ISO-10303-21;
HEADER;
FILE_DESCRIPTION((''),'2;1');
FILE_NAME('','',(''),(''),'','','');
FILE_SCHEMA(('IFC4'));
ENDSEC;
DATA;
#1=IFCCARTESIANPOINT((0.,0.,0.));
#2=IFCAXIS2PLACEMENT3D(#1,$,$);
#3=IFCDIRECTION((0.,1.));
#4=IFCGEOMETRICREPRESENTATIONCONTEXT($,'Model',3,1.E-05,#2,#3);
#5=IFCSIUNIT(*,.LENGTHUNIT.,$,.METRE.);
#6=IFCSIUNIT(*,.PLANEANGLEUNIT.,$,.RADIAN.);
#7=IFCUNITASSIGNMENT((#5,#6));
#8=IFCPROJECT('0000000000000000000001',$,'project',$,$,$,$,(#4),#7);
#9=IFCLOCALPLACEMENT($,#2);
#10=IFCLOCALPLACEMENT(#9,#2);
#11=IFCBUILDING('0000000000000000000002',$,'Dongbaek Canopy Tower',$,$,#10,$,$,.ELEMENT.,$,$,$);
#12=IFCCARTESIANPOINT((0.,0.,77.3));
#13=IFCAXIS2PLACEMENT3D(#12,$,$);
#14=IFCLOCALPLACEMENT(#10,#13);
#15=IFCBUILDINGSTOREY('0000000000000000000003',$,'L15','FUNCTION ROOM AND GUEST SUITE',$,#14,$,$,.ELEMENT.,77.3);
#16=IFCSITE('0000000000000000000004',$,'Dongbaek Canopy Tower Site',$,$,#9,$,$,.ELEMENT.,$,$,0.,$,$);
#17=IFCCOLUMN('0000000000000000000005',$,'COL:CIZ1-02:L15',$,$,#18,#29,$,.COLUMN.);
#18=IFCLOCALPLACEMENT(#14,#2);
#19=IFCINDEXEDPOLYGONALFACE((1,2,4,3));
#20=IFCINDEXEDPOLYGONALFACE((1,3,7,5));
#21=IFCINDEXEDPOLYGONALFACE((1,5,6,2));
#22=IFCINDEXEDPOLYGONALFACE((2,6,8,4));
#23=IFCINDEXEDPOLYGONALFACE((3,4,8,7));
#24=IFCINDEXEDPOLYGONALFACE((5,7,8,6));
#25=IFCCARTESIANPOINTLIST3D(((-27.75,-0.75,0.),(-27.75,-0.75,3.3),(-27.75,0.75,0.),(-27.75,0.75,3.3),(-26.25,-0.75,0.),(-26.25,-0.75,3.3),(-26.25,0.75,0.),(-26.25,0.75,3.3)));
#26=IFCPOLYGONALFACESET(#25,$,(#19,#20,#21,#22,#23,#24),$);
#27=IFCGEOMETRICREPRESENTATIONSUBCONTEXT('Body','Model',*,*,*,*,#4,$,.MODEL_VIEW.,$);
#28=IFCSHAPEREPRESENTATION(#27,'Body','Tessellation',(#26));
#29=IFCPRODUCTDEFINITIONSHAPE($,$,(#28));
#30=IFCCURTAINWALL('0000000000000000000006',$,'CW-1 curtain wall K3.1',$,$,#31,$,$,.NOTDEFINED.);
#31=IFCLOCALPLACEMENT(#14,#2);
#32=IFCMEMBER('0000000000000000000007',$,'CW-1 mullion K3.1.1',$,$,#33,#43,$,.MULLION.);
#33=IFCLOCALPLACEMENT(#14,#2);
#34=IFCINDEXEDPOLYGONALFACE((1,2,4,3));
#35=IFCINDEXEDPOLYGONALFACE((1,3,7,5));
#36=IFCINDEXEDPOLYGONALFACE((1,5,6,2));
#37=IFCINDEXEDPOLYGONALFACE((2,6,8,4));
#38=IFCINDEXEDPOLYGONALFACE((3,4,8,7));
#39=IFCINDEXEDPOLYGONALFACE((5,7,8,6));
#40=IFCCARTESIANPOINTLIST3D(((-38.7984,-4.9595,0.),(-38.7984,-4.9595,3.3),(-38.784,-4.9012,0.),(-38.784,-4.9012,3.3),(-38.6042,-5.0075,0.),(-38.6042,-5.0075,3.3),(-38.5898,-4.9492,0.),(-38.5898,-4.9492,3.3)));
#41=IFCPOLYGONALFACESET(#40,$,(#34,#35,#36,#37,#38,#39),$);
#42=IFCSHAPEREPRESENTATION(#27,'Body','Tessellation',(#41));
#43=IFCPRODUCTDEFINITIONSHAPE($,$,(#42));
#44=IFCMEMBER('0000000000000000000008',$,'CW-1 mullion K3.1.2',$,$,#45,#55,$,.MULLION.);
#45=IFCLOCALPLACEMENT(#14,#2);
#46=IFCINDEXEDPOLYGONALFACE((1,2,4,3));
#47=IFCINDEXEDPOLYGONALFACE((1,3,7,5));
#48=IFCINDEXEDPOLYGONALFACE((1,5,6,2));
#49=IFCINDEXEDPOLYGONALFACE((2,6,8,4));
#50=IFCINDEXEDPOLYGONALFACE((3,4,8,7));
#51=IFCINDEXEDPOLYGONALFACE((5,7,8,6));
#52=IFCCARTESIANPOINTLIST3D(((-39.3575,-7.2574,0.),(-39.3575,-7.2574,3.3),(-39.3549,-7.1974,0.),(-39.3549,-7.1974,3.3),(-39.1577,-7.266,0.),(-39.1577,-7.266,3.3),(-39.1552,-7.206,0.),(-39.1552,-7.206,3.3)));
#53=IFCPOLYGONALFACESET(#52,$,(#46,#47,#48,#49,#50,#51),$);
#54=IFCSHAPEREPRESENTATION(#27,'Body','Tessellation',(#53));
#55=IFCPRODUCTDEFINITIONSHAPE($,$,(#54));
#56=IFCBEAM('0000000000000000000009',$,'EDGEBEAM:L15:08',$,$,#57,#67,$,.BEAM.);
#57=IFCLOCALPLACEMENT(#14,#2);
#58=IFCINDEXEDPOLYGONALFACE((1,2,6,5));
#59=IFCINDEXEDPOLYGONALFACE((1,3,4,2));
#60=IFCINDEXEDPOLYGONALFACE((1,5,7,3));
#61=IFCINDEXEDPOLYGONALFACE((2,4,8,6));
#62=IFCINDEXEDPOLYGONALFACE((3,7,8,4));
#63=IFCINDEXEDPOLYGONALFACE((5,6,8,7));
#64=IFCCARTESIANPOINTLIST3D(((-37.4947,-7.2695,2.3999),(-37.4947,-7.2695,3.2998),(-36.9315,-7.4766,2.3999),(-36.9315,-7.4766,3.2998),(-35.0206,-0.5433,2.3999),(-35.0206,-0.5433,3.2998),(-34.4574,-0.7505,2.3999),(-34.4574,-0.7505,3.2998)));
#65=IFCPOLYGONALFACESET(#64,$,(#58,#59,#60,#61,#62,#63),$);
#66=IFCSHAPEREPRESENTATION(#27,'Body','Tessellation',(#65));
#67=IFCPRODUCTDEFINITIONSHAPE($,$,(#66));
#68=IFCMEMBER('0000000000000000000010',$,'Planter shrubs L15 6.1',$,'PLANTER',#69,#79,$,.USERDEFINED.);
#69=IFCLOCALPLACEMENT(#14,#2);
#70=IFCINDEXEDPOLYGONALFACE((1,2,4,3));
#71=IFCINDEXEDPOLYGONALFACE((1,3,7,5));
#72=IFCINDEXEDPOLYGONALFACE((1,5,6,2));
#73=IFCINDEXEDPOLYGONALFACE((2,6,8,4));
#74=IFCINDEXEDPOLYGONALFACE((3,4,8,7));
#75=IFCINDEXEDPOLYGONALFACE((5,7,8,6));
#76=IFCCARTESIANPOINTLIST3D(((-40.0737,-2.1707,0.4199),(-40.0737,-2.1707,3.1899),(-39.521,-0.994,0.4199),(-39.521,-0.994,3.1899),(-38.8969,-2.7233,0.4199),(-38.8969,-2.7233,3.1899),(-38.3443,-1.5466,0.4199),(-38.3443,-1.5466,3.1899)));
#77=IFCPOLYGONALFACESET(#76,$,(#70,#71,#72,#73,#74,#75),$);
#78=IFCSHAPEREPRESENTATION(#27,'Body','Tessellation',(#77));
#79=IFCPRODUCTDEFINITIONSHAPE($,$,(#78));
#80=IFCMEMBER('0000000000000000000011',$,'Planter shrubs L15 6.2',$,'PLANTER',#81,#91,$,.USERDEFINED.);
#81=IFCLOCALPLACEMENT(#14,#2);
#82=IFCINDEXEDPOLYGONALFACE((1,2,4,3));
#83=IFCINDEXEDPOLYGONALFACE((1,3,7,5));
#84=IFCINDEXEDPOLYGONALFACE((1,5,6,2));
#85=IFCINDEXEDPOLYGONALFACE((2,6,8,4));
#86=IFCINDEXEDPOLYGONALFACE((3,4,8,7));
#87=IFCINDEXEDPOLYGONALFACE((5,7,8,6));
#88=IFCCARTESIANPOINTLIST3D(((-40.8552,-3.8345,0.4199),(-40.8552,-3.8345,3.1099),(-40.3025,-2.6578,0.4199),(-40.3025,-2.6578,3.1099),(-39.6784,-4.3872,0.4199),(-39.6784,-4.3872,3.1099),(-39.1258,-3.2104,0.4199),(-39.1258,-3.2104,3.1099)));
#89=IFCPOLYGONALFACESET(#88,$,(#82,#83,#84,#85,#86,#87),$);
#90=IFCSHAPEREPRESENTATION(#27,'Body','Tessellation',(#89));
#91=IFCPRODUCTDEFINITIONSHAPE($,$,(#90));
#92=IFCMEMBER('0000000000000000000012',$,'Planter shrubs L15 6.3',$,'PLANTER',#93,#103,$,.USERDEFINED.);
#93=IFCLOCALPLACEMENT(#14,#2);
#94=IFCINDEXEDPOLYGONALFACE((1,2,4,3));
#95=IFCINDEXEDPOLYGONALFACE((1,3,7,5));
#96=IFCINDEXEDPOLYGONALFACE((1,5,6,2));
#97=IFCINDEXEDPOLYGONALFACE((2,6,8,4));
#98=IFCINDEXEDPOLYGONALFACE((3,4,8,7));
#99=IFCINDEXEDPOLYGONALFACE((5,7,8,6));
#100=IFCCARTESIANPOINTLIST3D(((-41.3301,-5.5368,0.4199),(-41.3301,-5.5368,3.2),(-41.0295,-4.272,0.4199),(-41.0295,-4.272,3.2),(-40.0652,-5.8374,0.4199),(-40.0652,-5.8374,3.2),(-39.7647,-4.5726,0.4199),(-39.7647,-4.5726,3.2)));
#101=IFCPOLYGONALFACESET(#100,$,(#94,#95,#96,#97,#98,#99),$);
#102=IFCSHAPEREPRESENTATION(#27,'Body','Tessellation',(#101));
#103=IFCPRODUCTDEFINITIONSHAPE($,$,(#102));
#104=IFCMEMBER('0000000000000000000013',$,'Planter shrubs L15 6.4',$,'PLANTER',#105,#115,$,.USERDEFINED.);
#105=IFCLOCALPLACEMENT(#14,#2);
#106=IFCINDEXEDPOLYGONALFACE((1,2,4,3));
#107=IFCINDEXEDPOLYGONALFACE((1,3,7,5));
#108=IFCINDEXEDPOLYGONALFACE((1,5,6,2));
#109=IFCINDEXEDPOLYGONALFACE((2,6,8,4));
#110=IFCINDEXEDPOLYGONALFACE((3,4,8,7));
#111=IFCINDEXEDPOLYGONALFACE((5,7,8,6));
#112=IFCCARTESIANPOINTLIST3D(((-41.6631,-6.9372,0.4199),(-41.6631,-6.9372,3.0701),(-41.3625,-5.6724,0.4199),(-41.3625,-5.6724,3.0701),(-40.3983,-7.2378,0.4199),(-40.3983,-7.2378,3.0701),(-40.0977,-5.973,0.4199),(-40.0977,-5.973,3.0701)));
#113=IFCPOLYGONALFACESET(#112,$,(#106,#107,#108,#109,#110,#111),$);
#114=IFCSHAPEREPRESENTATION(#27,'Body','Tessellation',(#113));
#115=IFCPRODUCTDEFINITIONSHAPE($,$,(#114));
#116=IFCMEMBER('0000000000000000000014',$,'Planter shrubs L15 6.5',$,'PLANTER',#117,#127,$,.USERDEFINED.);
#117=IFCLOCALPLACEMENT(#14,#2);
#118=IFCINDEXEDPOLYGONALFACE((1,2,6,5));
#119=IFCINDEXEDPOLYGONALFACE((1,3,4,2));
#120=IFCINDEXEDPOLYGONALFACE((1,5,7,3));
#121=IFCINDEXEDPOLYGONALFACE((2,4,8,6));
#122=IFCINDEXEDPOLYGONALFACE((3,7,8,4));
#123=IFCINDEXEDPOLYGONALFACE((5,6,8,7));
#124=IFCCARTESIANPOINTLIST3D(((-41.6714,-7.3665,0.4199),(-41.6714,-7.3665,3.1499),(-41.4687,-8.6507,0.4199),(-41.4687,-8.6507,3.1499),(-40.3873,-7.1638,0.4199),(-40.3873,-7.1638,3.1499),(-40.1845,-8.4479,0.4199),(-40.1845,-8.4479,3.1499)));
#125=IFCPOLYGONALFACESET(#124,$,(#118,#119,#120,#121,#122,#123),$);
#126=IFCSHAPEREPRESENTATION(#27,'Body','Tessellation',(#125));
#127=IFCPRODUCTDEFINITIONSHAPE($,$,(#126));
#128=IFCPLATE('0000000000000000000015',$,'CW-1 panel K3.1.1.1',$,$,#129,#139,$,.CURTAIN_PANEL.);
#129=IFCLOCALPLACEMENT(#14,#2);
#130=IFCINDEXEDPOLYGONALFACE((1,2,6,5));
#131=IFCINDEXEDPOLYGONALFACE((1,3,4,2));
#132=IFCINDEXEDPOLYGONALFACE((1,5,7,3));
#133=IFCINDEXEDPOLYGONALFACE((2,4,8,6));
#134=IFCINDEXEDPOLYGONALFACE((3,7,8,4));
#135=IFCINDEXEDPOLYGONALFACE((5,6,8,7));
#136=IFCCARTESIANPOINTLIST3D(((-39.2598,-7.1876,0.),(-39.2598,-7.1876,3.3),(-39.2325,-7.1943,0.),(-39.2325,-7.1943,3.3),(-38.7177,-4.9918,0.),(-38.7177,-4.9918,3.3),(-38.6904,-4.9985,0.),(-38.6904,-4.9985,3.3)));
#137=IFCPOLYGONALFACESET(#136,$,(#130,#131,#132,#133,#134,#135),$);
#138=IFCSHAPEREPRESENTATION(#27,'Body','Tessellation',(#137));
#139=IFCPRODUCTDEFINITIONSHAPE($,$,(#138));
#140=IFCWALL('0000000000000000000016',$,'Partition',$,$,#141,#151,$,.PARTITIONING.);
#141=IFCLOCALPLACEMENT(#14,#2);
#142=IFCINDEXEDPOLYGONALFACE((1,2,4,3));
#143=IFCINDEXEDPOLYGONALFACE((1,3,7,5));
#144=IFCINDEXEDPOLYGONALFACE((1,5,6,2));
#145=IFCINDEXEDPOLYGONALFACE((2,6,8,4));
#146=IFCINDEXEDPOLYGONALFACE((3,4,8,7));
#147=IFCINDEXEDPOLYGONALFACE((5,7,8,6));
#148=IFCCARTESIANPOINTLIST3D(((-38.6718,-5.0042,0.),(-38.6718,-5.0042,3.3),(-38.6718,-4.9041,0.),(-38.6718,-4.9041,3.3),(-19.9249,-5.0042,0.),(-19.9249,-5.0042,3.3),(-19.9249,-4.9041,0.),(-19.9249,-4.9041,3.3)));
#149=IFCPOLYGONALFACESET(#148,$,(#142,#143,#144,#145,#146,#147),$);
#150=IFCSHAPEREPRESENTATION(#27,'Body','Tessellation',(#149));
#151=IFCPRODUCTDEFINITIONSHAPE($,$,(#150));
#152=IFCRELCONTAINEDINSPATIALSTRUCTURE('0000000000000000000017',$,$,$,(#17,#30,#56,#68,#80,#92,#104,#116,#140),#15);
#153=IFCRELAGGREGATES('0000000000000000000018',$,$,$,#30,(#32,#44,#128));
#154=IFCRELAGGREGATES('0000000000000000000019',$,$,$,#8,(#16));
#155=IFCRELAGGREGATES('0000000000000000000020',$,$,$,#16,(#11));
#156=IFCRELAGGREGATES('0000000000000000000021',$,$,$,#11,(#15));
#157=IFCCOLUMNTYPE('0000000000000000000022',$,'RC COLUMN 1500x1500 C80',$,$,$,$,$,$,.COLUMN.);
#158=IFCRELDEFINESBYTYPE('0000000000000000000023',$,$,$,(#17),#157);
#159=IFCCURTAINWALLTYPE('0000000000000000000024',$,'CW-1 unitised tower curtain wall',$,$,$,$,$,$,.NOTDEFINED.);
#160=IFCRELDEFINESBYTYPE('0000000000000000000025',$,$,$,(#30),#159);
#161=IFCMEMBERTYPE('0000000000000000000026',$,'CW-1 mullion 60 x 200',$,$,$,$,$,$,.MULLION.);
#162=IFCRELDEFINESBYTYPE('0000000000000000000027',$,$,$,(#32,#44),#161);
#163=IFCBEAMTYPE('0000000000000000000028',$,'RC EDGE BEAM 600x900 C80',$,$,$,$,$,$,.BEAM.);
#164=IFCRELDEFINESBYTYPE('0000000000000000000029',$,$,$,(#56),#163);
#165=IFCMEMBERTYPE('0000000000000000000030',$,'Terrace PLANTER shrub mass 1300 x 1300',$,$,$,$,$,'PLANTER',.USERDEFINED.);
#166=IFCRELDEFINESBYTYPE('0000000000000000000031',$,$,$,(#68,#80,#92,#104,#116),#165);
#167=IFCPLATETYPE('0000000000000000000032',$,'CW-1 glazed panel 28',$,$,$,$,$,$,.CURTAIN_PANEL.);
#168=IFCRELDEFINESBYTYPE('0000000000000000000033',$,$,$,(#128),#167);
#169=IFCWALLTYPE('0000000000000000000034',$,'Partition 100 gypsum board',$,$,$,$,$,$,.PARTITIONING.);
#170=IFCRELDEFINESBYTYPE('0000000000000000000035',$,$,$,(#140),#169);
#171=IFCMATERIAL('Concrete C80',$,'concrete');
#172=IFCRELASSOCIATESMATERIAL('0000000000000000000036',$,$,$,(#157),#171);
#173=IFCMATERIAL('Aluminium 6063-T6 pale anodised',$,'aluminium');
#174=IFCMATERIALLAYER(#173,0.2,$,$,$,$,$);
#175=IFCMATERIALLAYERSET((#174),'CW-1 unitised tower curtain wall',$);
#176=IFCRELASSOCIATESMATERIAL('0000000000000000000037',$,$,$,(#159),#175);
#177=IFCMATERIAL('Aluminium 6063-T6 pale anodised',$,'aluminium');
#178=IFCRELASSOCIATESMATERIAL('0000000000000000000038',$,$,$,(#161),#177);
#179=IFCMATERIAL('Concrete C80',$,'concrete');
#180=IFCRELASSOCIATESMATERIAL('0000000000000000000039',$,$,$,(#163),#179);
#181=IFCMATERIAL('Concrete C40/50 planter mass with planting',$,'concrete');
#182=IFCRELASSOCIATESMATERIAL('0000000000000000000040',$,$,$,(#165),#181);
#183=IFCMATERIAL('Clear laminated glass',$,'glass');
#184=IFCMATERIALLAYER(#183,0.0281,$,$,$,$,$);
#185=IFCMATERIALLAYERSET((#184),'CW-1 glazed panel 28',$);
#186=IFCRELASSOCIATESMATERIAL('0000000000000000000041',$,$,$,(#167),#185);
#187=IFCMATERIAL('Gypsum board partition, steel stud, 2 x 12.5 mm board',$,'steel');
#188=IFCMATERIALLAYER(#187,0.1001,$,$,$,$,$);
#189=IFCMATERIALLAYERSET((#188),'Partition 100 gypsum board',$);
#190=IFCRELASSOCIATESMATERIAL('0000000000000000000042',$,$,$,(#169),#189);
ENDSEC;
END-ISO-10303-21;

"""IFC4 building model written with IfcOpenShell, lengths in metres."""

from ifc_helpers import new_model, si_unit, direction, frame, frame_2d, origin, origin_2d, place, context, subcontext, project, spatial, rectangle, extrude, material, layer, layer_set, material_profile, profile_set, type_object, element, aggregate, save


model = new_model("IFC4")

# Units and contexts
model_context = context("Model", 3, precision=1e-05, world=origin(), true_north=direction((0.0, 1.0)))
body_context = subcontext(model_context, "Body", "Model", "MODEL_VIEW")
ifc_project = project(units=[si_unit("LENGTHUNIT", "METRE"), si_unit("PLANEANGLEUNIT", "RADIAN")], contexts=[model_context])

# Site, building, storey
site_placement = place(None, origin())
site = spatial("IfcSite", under=ifc_project, at=site_placement, Name="Dongbaek Canopy Tower Site", CompositionType="ELEMENT", RefElevation=0.0)
building_placement = place(site_placement, origin())
building = spatial("IfcBuilding", under=site, at=building_placement, Name="Dongbaek Canopy Tower", CompositionType="ELEMENT")
storey_placement = place(building_placement, frame((0.0, 0.0, 77.3)))
storey = spatial("IfcBuildingStorey", under=building, at=storey_placement, Name="L15", Description="FUNCTION ROOM AND GUEST SUITE", CompositionType="ELEMENT", Elevation=77.3)

# Column
ifc_material_1 = material(Name="Concrete C80", Category="concrete")
ifc_material_profile_1 = material_profile(ifc_material_1, rectangle(XDim=1.5, YDim=1.5, at=origin_2d()), Name="RC COLUMN 1500x1500 C80")
ifc_profile_set_1 = profile_set([ifc_material_profile_1], Name="Concrete C80")
column_type = type_object("IfcColumnType", Name="RC COLUMN 1500x1500 C80", PredefinedType="COLUMN", material=ifc_profile_set_1)
column_placement = place(storey_placement, frame((-27.0, 0.0, 0.0), z_axis=(0.0, 0.0, 1.0), x_axis=(1.0, 0.0, 0.0)))
element("IfcColumn", 1, at=column_placement, inside=storey, type_object=column_type, Name="COL:CIZ1-02:L15", PredefinedType="COLUMN", context=body_context, shape_type="SweptSolid", body=[
    extrude(rectangle(XDim=1.5, YDim=1.5, at=origin_2d()), origin(), (0.0, 0.0, 1.0), 3.3),
])

# Curtain wall, members
ifc_material_2 = material(Name="Aluminium 6063-T6 pale anodised", Category="aluminium")
ifc_layer_1 = layer(ifc_material_2, 0.2)
ifc_layer_set_1 = layer_set([ifc_layer_1], Name="CW-1 unitised tower curtain wall")
curtain_wall_type = type_object("IfcCurtainWallType", Name="CW-1 unitised tower curtain wall", PredefinedType="NOTDEFINED", material=ifc_layer_set_1)
curtain_wall_placement = place(storey_placement, origin())
curtain_wall = element("IfcCurtainWall", 2, at=curtain_wall_placement, inside=storey, type_object=curtain_wall_type, Name="CW-1 curtain wall K3.1", PredefinedType="NOTDEFINED")
ifc_material_3 = material(Name="Aluminium 6063-T6 pale anodised", Category="aluminium")
ifc_material_profile_2 = material_profile(ifc_material_3, rectangle(XDim=0.2, YDim=0.0601, at=origin_2d()), Name="CW-1 mullion 60 x 200")
ifc_profile_set_2 = profile_set([ifc_material_profile_2], Name="Aluminium 6063-T6 pale anodised")
member_type_1 = type_object("IfcMemberType", Name="CW-1 mullion 60 x 200", PredefinedType="MULLION", material=ifc_profile_set_2)
member_1_placement = place(storey_placement, frame((-38.6941, -4.9543, 0.0), z_axis=(0.0, 0.0, 1.0), x_axis=(-0.970853, 0.239676, 0.0)))
member_1 = element("IfcMember", 3, at=member_1_placement, type_object=member_type_1, Name="CW-1 mullion K3.1.1", PredefinedType="MULLION", context=body_context, shape_type="SweptSolid", body=[
    extrude(rectangle(XDim=0.2, YDim=0.0601, at=origin_2d()), origin(), (0.0, 0.0, 1.0), 3.3),
])
member_2_placement = place(storey_placement, frame((-39.2563, -7.2317, 0.0), z_axis=(0.0, 0.0, 1.0), x_axis=(-0.999088, 0.042704, 0.0)))
member_2 = element("IfcMember", 4, at=member_2_placement, type_object=member_type_1, Name="CW-1 mullion K3.1.2", PredefinedType="MULLION", context=body_context, shape_type="SweptSolid", body=[
    extrude(rectangle(XDim=0.2, YDim=0.0601, at=origin_2d()), origin(), (0.0, 0.0, 1.0), 3.3),
])

# Beam
ifc_material_4 = material(Name="Concrete C80", Category="concrete")
ifc_material_profile_3 = material_profile(ifc_material_4, rectangle(XDim=0.6001, YDim=0.8999, at=origin_2d()), Name="RC EDGE BEAM 600x900 C80")
ifc_profile_set_3 = profile_set([ifc_material_profile_3], Name="Concrete C80")
beam_type = type_object("IfcBeamType", Name="RC EDGE BEAM 600x900 C80", PredefinedType="BEAM", material=ifc_profile_set_3)
beam_placement = place(storey_placement, frame((-37.2131, -7.373, 2.8499), z_axis=(0.345225, 0.93852, 0.0), x_axis=(-0.93852, 0.345225, 0.0)))
element("IfcBeam", 5, at=beam_placement, inside=storey, type_object=beam_type, Name="EDGEBEAM:L15:08", PredefinedType="BEAM", context=body_context, shape_type="SweptSolid", body=[
    extrude(rectangle(XDim=0.6001, YDim=0.8999, at=origin_2d()), origin(), (0.0, 0.0, 1.0), 7.1667),
])

# Members
ifc_material_5 = material(Name="Concrete C40/50 planter mass with planting", Category="concrete")
ifc_material_profile_4 = material_profile(ifc_material_5, rectangle(XDim=1.3, YDim=1.3, at=origin_2d()), Name="Terrace PLANTER shrub mass 1300 x 1300")
ifc_profile_set_4 = profile_set([ifc_material_profile_4], Name="Concrete C40/50 planter mass with planting")
member_type_2 = type_object("IfcMemberType", Name="Terrace PLANTER shrub mass 1300 x 1300", ElementType="PLANTER", PredefinedType="USERDEFINED", material=ifc_profile_set_4)
member_3_placement = place(storey_placement, frame((-39.209, -1.8586, 0.4199), z_axis=(0.0, 0.0, 1.0), x_axis=(-0.905149, 0.425094, 0.0)))
element("IfcMember", 6, at=member_3_placement, inside=storey, type_object=member_type_2, Name="Planter shrubs L15 6.1", ObjectType="PLANTER", PredefinedType="USERDEFINED", context=body_context, shape_type="SweptSolid", body=[
    extrude(rectangle(XDim=1.3, YDim=1.3, at=origin_2d()), origin(), (0.0, 0.0, 1.0), 2.77),
])
member_4_placement = place(storey_placement, frame((-39.9905, -3.5225, 0.4199), z_axis=(0.0, 0.0, 1.0), x_axis=(-0.905149, 0.425094, 0.0)))
element("IfcMember", 7, at=member_4_placement, inside=storey, type_object=member_type_2, Name="Planter shrubs L15 6.2", ObjectType="PLANTER", PredefinedType="USERDEFINED", context=body_context, shape_type="SweptSolid", body=[
    extrude(rectangle(XDim=1.3, YDim=1.3, at=origin_2d()), origin(), (0.0, 0.0, 1.0), 2.6899),
])
member_5_placement = place(storey_placement, frame((-40.5474, -5.0547, 0.4199), z_axis=(0.0, 0.0, 1.0), x_axis=(-0.972904, 0.231211, 0.0)))
element("IfcMember", 8, at=member_5_placement, inside=storey, type_object=member_type_2, Name="Planter shrubs L15 6.3", ObjectType="PLANTER", PredefinedType="USERDEFINED", context=body_context, shape_type="SweptSolid", body=[
    extrude(rectangle(XDim=1.3, YDim=1.3, at=origin_2d()), origin(), (0.0, 0.0, 1.0), 2.78),
])
member_6_placement = place(storey_placement, frame((-40.8804, -6.4551, 0.4199), z_axis=(0.0, 0.0, 1.0), x_axis=(-0.972904, 0.231211, 0.0)))
element("IfcMember", 9, at=member_6_placement, inside=storey, type_object=member_type_2, Name="Planter shrubs L15 6.4", ObjectType="PLANTER", PredefinedType="USERDEFINED", context=body_context, shape_type="SweptSolid", body=[
    extrude(rectangle(XDim=1.3, YDim=1.3, at=origin_2d()), origin(), (0.0, 0.0, 1.0), 2.6501),
])
member_7_placement = place(storey_placement, frame((-40.928, -7.9072, 0.4199), z_axis=(0.0, 0.0, 1.0), x_axis=(-0.987764, -0.155959, 0.0)))
element("IfcMember", 10, at=member_7_placement, inside=storey, type_object=member_type_2, Name="Planter shrubs L15 6.5", ObjectType="PLANTER", PredefinedType="USERDEFINED", context=body_context, shape_type="SweptSolid", body=[
    extrude(rectangle(XDim=1.3, YDim=1.3, at=origin_2d()), origin(), (0.0, 0.0, 1.0), 2.73),
])

# Plate
ifc_material_6 = material(Name="Clear laminated glass", Category="glass")
ifc_layer_2 = layer(ifc_material_6, 0.0281)
ifc_layer_set_2 = layer_set([ifc_layer_2], Name="CW-1 glazed panel 28")
plate_type = type_object("IfcPlateType", Name="CW-1 glazed panel 28", PredefinedType="CURTAIN_PANEL", material=ifc_layer_set_2)
plate_placement = place(storey_placement, frame((-38.9751, -6.093, 0.0), z_axis=(0.0, 0.0, 1.0), x_axis=(-0.239676, -0.970853, 0.0)))
plate = element("IfcPlate", 11, at=plate_placement, type_object=plate_type, Name="CW-1 panel K3.1.1.1", PredefinedType="CURTAIN_PANEL", context=body_context, shape_type="SweptSolid", body=[
    extrude(rectangle(XDim=2.2617, YDim=0.0281, at=origin_2d()), origin(), (0.0, 0.0, 1.0), 3.3),
])
aggregate(curtain_wall, [member_1, member_2, plate])

# Wall
ifc_material_7 = material(Name="Gypsum board partition, steel stud, 2 x 12.5 mm board", Category="steel")
ifc_layer_3 = layer(ifc_material_7, 0.1001)
ifc_layer_set_3 = layer_set([ifc_layer_3], Name="Partition 100 gypsum board")
wall_type_1 = type_object("IfcWallType", Name="Partition 100 gypsum board", PredefinedType="PARTITIONING", material=ifc_layer_set_3)
wall_1_placement = place(storey_placement, frame((-38.6719, -4.9541, 0.0), z_axis=(0.0, 0.0, 1.0), x_axis=(1.0, 0.0, 0.0)))
element("IfcWall", 12, at=wall_1_placement, inside=storey, type_object=wall_type_1, Name="Partition", PredefinedType="PARTITIONING", context=body_context, shape_type="SweptSolid", body=[
    extrude(rectangle(XDim=18.7468, YDim=0.1001, at=frame_2d((9.3735, 0.0))), origin(), (0.0, 0.0, 1.0), 3.3),
])

save(model, "model.ifc")
